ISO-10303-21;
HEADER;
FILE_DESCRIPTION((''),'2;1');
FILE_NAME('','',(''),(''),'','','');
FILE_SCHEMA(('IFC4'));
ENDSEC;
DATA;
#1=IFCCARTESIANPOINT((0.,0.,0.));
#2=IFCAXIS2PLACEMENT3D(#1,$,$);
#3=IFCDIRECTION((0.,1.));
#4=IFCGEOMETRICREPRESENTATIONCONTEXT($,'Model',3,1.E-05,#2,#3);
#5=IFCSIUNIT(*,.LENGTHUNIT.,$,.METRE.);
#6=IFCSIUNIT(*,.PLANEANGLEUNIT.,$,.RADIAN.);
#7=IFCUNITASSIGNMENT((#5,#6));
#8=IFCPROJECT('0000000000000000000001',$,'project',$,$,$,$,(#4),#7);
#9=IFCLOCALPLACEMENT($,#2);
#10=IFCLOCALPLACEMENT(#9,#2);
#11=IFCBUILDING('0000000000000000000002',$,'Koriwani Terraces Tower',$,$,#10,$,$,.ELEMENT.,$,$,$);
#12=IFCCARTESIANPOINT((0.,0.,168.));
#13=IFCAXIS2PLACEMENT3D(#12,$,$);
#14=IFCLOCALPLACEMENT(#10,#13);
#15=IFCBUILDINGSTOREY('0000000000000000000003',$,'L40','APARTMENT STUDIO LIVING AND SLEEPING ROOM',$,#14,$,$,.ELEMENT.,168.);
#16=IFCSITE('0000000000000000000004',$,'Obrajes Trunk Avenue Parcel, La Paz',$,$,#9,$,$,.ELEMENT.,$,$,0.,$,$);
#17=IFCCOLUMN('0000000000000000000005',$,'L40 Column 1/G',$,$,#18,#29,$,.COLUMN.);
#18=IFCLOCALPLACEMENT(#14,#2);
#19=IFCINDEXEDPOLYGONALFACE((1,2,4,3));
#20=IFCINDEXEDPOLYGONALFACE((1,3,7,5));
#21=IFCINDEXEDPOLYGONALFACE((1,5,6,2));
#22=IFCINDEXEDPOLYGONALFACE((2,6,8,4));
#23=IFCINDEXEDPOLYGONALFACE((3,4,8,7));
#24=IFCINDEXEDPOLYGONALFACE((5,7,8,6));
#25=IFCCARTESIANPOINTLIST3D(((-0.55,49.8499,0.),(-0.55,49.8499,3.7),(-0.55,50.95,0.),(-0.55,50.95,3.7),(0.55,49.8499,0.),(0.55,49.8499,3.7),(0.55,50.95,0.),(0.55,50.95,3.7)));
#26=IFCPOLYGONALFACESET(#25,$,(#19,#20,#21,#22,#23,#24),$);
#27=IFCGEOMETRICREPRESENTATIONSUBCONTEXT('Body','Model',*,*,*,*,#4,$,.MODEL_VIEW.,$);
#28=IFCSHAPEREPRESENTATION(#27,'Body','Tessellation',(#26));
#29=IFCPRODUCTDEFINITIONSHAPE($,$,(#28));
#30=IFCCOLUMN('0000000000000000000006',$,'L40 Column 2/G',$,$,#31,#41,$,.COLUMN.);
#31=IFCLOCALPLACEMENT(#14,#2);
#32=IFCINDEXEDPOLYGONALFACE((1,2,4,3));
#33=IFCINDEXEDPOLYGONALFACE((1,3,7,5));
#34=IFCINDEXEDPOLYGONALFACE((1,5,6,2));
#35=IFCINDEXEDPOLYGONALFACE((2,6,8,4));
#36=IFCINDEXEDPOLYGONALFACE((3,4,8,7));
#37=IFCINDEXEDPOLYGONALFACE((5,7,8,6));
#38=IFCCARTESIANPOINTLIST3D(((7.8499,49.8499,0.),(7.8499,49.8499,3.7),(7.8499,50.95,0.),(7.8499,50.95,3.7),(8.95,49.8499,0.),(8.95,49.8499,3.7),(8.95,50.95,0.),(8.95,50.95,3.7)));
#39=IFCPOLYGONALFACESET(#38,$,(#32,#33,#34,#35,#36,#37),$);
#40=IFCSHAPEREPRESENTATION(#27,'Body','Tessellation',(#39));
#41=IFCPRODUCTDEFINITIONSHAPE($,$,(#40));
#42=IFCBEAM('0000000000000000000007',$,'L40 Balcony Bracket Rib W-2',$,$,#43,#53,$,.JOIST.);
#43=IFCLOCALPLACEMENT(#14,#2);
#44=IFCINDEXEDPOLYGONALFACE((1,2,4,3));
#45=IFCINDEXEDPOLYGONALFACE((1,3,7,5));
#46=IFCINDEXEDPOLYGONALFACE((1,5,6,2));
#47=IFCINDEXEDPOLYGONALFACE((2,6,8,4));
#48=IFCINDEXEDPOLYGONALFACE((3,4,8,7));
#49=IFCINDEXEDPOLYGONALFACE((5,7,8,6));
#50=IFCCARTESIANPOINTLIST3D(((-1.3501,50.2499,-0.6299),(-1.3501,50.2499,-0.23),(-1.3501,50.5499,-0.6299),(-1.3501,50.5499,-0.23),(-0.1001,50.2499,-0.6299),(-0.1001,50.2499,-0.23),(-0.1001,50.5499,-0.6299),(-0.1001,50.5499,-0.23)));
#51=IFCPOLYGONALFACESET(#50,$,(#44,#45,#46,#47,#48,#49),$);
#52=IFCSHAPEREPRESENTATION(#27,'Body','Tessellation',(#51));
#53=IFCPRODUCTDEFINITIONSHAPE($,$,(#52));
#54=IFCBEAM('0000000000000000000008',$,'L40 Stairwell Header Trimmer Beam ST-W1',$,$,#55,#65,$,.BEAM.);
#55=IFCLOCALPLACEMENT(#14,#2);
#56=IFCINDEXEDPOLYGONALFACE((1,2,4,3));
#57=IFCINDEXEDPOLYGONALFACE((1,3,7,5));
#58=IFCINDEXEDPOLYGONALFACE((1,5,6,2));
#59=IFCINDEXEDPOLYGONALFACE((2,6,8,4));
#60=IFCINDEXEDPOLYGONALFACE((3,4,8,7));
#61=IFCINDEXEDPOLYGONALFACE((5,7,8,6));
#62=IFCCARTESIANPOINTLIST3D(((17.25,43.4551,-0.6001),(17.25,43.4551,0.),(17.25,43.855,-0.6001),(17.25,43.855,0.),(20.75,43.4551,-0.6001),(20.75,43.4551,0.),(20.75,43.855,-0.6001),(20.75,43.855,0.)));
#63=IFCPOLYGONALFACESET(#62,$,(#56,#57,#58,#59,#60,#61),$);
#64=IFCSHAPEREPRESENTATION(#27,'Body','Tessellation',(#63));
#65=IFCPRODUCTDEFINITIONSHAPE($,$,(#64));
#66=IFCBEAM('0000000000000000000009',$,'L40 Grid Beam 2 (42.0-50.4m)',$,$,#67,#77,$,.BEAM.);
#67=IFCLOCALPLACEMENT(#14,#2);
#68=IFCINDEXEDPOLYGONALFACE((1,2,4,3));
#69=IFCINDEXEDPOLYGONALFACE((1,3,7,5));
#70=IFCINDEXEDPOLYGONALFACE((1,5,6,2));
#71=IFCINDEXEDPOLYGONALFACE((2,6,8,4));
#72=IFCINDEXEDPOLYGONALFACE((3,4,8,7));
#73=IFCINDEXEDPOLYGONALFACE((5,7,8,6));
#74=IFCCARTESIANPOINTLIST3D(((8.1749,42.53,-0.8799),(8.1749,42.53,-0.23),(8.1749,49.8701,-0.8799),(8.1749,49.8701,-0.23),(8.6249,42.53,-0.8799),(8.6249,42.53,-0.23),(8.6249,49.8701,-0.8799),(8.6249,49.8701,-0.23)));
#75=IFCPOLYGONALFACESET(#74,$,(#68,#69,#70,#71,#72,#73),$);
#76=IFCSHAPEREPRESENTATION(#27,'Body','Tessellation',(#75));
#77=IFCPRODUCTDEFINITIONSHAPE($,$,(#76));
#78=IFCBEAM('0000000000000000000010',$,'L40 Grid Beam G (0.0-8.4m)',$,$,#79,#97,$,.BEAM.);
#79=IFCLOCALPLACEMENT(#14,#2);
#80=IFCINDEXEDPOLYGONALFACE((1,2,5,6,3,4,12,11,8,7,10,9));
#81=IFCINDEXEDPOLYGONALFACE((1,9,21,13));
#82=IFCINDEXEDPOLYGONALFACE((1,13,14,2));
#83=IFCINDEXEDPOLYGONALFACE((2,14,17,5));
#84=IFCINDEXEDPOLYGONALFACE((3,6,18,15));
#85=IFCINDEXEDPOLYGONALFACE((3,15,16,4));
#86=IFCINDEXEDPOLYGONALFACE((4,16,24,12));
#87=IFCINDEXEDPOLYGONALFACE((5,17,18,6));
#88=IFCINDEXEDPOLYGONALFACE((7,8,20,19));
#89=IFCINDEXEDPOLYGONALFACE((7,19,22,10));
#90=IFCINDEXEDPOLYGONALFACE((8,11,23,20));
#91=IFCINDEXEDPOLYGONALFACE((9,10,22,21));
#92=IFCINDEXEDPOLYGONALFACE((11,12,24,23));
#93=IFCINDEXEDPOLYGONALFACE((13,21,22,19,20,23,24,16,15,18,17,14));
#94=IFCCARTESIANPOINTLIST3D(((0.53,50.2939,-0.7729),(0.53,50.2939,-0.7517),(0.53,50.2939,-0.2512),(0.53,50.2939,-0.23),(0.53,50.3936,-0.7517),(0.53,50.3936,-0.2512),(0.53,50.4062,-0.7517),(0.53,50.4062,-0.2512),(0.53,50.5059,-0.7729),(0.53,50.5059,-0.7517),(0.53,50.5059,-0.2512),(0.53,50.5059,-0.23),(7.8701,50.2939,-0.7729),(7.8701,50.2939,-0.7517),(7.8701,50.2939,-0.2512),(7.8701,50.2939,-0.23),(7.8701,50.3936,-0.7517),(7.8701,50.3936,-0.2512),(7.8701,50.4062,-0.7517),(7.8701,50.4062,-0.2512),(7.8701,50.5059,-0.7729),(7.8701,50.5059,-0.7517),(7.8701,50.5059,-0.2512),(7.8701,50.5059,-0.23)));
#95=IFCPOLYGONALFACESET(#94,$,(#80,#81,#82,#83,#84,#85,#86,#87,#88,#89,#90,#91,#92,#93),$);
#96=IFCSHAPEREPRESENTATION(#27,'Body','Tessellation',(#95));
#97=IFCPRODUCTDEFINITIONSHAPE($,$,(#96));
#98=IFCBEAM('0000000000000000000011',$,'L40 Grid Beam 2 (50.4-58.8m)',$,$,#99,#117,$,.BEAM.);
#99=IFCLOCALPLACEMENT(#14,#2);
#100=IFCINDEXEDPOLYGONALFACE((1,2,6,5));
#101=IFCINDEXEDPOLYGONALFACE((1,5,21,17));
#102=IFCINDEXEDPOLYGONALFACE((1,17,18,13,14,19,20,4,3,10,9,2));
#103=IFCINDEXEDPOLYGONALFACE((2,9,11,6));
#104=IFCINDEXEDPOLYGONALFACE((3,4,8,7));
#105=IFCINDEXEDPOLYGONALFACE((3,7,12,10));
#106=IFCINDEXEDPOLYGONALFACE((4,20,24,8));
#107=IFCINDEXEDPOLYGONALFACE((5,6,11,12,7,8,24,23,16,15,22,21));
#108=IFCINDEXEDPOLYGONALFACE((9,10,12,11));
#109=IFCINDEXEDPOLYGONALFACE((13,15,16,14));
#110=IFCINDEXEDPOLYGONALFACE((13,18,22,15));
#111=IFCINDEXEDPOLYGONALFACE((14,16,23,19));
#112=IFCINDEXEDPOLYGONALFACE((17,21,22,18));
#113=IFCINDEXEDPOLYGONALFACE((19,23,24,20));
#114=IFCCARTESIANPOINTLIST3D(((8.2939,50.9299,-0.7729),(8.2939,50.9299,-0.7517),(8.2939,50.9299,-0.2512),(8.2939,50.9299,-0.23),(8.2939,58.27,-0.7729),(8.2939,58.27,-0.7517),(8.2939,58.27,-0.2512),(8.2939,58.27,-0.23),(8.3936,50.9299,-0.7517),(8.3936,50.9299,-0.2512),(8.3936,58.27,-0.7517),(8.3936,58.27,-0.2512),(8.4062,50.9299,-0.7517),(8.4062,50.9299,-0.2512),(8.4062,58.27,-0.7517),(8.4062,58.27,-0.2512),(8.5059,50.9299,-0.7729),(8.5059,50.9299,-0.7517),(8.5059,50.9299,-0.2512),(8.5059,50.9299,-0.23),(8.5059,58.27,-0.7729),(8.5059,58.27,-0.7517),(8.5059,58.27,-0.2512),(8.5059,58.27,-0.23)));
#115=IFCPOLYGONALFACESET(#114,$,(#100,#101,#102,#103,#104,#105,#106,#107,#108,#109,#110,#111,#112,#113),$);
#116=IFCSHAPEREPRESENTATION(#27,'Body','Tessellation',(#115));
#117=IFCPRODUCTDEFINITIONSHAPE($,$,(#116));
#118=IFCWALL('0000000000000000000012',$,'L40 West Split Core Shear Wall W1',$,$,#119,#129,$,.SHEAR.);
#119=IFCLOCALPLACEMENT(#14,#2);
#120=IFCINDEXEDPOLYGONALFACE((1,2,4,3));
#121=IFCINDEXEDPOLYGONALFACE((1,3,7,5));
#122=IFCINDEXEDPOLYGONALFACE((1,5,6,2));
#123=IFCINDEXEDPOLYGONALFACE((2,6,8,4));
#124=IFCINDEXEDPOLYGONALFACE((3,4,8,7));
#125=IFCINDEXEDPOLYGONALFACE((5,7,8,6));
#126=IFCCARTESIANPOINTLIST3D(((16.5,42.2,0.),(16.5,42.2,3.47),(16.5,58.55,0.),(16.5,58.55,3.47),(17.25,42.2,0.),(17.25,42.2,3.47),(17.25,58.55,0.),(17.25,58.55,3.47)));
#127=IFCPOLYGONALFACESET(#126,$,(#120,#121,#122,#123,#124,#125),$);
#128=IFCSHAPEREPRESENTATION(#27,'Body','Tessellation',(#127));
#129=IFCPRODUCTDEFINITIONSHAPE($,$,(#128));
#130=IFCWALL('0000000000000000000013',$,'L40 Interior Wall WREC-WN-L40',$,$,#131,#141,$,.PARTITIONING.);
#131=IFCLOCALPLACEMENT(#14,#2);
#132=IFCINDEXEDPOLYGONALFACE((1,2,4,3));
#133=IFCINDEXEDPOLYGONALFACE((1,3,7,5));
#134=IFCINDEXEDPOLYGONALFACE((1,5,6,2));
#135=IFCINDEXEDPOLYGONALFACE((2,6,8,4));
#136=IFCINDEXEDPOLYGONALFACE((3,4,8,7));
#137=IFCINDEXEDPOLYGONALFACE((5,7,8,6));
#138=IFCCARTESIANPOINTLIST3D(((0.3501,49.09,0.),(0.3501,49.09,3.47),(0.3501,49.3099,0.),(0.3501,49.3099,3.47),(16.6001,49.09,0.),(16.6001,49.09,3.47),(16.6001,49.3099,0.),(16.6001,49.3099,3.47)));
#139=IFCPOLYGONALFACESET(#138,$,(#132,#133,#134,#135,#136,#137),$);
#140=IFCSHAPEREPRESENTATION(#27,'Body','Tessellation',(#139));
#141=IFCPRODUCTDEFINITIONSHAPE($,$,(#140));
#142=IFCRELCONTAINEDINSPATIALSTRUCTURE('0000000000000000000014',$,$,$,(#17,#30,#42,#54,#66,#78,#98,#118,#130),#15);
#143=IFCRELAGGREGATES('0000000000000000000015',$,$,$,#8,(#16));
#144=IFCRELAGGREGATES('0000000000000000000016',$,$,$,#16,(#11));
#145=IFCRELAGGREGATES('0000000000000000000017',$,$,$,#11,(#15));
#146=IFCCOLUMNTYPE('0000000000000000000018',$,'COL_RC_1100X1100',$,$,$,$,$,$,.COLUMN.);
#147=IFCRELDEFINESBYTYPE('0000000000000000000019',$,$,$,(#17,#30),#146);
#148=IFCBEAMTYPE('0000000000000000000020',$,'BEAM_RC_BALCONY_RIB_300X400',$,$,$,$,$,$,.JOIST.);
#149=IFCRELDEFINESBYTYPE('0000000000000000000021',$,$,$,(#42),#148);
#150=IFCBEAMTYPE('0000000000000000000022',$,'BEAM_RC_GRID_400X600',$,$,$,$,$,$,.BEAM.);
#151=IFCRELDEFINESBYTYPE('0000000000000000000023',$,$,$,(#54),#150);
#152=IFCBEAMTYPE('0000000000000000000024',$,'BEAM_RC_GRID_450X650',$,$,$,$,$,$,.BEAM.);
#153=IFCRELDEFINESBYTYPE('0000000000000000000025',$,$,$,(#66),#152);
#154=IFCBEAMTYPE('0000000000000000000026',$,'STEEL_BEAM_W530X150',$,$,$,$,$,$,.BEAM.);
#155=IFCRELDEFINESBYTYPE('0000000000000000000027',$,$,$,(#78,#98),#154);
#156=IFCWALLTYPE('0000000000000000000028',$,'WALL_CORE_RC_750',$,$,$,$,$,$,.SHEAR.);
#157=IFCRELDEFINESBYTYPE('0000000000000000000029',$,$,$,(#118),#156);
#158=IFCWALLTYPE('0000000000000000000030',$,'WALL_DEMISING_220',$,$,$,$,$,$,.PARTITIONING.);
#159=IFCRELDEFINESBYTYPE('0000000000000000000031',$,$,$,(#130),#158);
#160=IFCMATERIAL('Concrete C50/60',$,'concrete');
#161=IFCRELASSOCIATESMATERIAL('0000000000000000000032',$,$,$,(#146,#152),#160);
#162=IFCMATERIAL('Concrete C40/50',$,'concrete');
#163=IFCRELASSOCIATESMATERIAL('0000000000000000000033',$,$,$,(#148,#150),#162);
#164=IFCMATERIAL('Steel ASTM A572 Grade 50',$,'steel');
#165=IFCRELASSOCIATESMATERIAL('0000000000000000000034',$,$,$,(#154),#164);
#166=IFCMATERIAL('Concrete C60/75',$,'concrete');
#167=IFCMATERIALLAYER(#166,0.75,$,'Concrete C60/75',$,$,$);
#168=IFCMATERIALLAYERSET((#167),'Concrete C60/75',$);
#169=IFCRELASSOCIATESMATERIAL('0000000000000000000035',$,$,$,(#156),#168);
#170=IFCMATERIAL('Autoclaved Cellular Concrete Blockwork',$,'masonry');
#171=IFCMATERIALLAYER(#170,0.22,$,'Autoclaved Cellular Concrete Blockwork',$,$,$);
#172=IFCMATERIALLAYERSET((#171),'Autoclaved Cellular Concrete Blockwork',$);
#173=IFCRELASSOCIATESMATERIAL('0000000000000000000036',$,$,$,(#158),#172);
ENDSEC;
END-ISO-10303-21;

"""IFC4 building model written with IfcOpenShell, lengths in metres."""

from ifc_helpers import new_model, si_unit, direction, frame, frame_2d, origin, origin_2d, place, context, subcontext, project, spatial, rectangle, i_section, extrude, material, layer, layer_set, material_profile, profile_set, type_object, element, save


model = new_model("IFC4")

# Units and contexts
model_context = context("Model", 3, precision=1e-05, world=origin(), true_north=direction((0.0, 1.0)))
body_context = subcontext(model_context, "Body", "Model", "MODEL_VIEW")
ifc_project = project(units=[si_unit("LENGTHUNIT", "METRE"), si_unit("PLANEANGLEUNIT", "RADIAN")], contexts=[model_context])

# Site, building, storey
site_placement = place(None, origin())
site = spatial("IfcSite", under=ifc_project, at=site_placement, Name="Obrajes Trunk Avenue Parcel, La Paz", CompositionType="ELEMENT", RefElevation=0.0)
building_placement = place(site_placement, origin())
building = spatial("IfcBuilding", under=site, at=building_placement, Name="Koriwani Terraces Tower", CompositionType="ELEMENT")
storey_placement = place(building_placement, frame((0.0, 0.0, 168.0)))
storey = spatial("IfcBuildingStorey", under=building, at=storey_placement, Name="L40", Description="APARTMENT STUDIO LIVING AND SLEEPING ROOM", CompositionType="ELEMENT", Elevation=168.0)

# Columns
ifc_material_1 = material(Name="Concrete C50/60", Category="concrete")
ifc_material_profile_1 = material_profile(ifc_material_1, rectangle(XDim=1.1001, YDim=1.1001, at=origin_2d()), Name="Concrete C50/60", Category="LoadBearing")
ifc_profile_set_1 = profile_set([ifc_material_profile_1], Name="Concrete C50/60")
column_type = type_object("IfcColumnType", Name="COL_RC_1100X1100", PredefinedType="COLUMN", material=ifc_profile_set_1)
for number, where, z_axis, x_axis, name in (
    (1, (0.0, 50.3999, 0.0), (0.0, 0.0, 1.0), (1.0, 0.0, 0.0), "L40 Column 1/G"),
    (2, (8.3999, 50.3999, 0.0), (0.0, 0.0, 1.0), (1.0, 0.0, 0.0), "L40 Column 2/G"),
):
    element("IfcColumn", number, at=place(storey_placement, frame(where, z_axis=z_axis, x_axis=x_axis)), inside=storey, type_object=column_type, Name=name, PredefinedType="COLUMN", context=body_context, shape_type="SweptSolid", body=[
        extrude(rectangle(XDim=1.1001, YDim=1.1001, at=origin_2d()), origin(), (0.0, 0.0, 1.0), 3.7),
    ])

# Beams
ifc_material_2 = material(Name="Concrete C40/50", Category="concrete")
ifc_material_profile_2 = material_profile(ifc_material_2, rectangle(XDim=0.3, YDim=0.3999, at=origin_2d()), Name="Concrete C40/50", Category="LoadBearing")
ifc_profile_set_2 = profile_set([ifc_material_profile_2], Name="Concrete C40/50")
beam_type_1 = type_object("IfcBeamType", Name="BEAM_RC_BALCONY_RIB_300X400", PredefinedType="JOIST", material=ifc_profile_set_2)
beam_1_placement = place(storey_placement, frame((-1.3501, 50.3999, -0.4299), z_axis=(1.0, 0.0, 0.0), x_axis=(0.0, 1.0, 0.0)))
element("IfcBeam", 3, at=beam_1_placement, inside=storey, type_object=beam_type_1, Name="L40 Balcony Bracket Rib W-2", PredefinedType="JOIST", context=body_context, shape_type="SweptSolid", body=[
    extrude(rectangle(XDim=0.3, YDim=0.3999, at=origin_2d()), origin(), (0.0, 0.0, 1.0), 1.25),
])
ifc_material_profile_3 = material_profile(ifc_material_2, rectangle(XDim=0.3999, YDim=0.6001, at=origin_2d()), Name="Concrete C40/50", Category="LoadBearing")
ifc_profile_set_3 = profile_set([ifc_material_profile_3], Name="Concrete C40/50")
beam_type_2 = type_object("IfcBeamType", Name="BEAM_RC_GRID_400X600", PredefinedType="BEAM", material=ifc_profile_set_3)
beam_2_placement = place(storey_placement, frame((17.25, 43.655, -0.3), z_axis=(1.0, 0.0, 0.0), x_axis=(0.0, 1.0, 0.0)))
element("IfcBeam", 4, at=beam_2_placement, inside=storey, type_object=beam_type_2, Name="L40 Stairwell Header Trimmer Beam ST-W1", PredefinedType="BEAM", context=body_context, shape_type="SweptSolid", body=[
    extrude(rectangle(XDim=0.3999, YDim=0.6001, at=origin_2d()), origin(), (0.0, 0.0, 1.0), 3.5),
])
ifc_material_profile_4 = material_profile(ifc_material_1, rectangle(XDim=0.45, YDim=0.6499, at=origin_2d()), Name="Concrete C50/60", Category="LoadBearing")
ifc_profile_set_4 = profile_set([ifc_material_profile_4], Name="Concrete C50/60")
beam_type_3 = type_object("IfcBeamType", Name="BEAM_RC_GRID_450X650", PredefinedType="BEAM", material=ifc_profile_set_4)
beam_3_placement = place(storey_placement, frame((8.3999, 42.53, -0.5549), z_axis=(0.0, 1.0, 0.0), x_axis=(-1.0, 0.0, 0.0)))
element("IfcBeam", 5, at=beam_3_placement, inside=storey, type_object=beam_type_3, Name="L40 Grid Beam 2 (42.0-50.4m)", PredefinedType="BEAM", context=body_context, shape_type="SweptSolid", body=[
    extrude(rectangle(XDim=0.45, YDim=0.6499, at=origin_2d()), origin(), (0.0, 0.0, 1.0), 7.3401),
])
ifc_material_3 = material(Name="Steel ASTM A572 Grade 50", Category="steel")
ifc_material_profile_5 = material_profile(ifc_material_3, i_section(OverallWidth=0.2119, OverallDepth=0.543, WebThickness=0.0127, FlangeThickness=0.0212, at=origin_2d()), Name="Steel ASTM A572 Grade 50", Category="LoadBearing")
ifc_profile_set_5 = profile_set([ifc_material_profile_5], Name="Steel ASTM A572 Grade 50")
beam_type_4 = type_object("IfcBeamType", Name="STEEL_BEAM_W530X150", PredefinedType="BEAM", material=ifc_profile_set_5)
for number, where, z_axis, x_axis, name in (
    (6, (0.53, 50.3999, -0.5015), (1.0, 0.0, 0.0), (0.0, 1.0, 0.0), "L40 Grid Beam G (0.0-8.4m)"),
    (7, (8.3999, 50.9299, -0.5015), (0.0, 1.0, 0.0), (-1.0, 0.0, 0.0), "L40 Grid Beam 2 (50.4-58.8m)"),
):
    element("IfcBeam", number, at=place(storey_placement, frame(where, z_axis=z_axis, x_axis=x_axis)), inside=storey, type_object=beam_type_4, Name=name, PredefinedType="BEAM", context=body_context, shape_type="SweptSolid", body=[
        extrude(i_section(OverallWidth=0.2119, OverallDepth=0.543, WebThickness=0.0127, FlangeThickness=0.0212, at=origin_2d()), origin(), (0.0, 0.0, 1.0), 7.3401),
    ])

# Walls
ifc_material_4 = material(Name="Concrete C60/75", Category="concrete")
ifc_layer_1 = layer(ifc_material_4, 0.75, Name="Concrete C60/75")
ifc_layer_set_1 = layer_set([ifc_layer_1], Name="Concrete C60/75")
wall_type_1 = type_object("IfcWallType", Name="WALL_CORE_RC_750", PredefinedType="SHEAR", material=ifc_layer_set_1)
wall_1_placement = place(storey_placement, frame((16.875, 42.2, 0.0), z_axis=(0.0, 0.0, 1.0), x_axis=(0.0, 1.0, 0.0)))
element("IfcWall", 8, at=wall_1_placement, inside=storey, type_object=wall_type_1, Name="L40 West Split Core Shear Wall W1", PredefinedType="SHEAR", context=body_context, shape_type="SweptSolid", body=[
    extrude(rectangle(XDim=16.3501, YDim=0.75, at=frame_2d((8.175, 0.0))), origin(), (0.0, 0.0, 1.0), 3.47),
])
ifc_material_5 = material(Name="Autoclaved Cellular Concrete Blockwork", Category="masonry")
ifc_layer_2 = layer(ifc_material_5, 0.22, Name="Autoclaved Cellular Concrete Blockwork")
ifc_layer_set_2 = layer_set([ifc_layer_2], Name="Autoclaved Cellular Concrete Blockwork")
wall_type_2 = type_object("IfcWallType", Name="WALL_DEMISING_220", PredefinedType="PARTITIONING", material=ifc_layer_set_2)
wall_2_placement = place(storey_placement, frame((0.3501, 49.2, 0.0), z_axis=(0.0, 0.0, 1.0), x_axis=(1.0, 0.0, 0.0)))
element("IfcWall", 9, at=wall_2_placement, inside=storey, type_object=wall_type_2, Name="L40 Interior Wall WREC-WN-L40", PredefinedType="PARTITIONING", context=body_context, shape_type="SweptSolid", body=[
    extrude(rectangle(XDim=16.25, YDim=0.22, at=frame_2d((8.125, 0.0))), origin(), (0.0, 0.0, 1.0), 3.47),
])

save(model, "model.ifc")
